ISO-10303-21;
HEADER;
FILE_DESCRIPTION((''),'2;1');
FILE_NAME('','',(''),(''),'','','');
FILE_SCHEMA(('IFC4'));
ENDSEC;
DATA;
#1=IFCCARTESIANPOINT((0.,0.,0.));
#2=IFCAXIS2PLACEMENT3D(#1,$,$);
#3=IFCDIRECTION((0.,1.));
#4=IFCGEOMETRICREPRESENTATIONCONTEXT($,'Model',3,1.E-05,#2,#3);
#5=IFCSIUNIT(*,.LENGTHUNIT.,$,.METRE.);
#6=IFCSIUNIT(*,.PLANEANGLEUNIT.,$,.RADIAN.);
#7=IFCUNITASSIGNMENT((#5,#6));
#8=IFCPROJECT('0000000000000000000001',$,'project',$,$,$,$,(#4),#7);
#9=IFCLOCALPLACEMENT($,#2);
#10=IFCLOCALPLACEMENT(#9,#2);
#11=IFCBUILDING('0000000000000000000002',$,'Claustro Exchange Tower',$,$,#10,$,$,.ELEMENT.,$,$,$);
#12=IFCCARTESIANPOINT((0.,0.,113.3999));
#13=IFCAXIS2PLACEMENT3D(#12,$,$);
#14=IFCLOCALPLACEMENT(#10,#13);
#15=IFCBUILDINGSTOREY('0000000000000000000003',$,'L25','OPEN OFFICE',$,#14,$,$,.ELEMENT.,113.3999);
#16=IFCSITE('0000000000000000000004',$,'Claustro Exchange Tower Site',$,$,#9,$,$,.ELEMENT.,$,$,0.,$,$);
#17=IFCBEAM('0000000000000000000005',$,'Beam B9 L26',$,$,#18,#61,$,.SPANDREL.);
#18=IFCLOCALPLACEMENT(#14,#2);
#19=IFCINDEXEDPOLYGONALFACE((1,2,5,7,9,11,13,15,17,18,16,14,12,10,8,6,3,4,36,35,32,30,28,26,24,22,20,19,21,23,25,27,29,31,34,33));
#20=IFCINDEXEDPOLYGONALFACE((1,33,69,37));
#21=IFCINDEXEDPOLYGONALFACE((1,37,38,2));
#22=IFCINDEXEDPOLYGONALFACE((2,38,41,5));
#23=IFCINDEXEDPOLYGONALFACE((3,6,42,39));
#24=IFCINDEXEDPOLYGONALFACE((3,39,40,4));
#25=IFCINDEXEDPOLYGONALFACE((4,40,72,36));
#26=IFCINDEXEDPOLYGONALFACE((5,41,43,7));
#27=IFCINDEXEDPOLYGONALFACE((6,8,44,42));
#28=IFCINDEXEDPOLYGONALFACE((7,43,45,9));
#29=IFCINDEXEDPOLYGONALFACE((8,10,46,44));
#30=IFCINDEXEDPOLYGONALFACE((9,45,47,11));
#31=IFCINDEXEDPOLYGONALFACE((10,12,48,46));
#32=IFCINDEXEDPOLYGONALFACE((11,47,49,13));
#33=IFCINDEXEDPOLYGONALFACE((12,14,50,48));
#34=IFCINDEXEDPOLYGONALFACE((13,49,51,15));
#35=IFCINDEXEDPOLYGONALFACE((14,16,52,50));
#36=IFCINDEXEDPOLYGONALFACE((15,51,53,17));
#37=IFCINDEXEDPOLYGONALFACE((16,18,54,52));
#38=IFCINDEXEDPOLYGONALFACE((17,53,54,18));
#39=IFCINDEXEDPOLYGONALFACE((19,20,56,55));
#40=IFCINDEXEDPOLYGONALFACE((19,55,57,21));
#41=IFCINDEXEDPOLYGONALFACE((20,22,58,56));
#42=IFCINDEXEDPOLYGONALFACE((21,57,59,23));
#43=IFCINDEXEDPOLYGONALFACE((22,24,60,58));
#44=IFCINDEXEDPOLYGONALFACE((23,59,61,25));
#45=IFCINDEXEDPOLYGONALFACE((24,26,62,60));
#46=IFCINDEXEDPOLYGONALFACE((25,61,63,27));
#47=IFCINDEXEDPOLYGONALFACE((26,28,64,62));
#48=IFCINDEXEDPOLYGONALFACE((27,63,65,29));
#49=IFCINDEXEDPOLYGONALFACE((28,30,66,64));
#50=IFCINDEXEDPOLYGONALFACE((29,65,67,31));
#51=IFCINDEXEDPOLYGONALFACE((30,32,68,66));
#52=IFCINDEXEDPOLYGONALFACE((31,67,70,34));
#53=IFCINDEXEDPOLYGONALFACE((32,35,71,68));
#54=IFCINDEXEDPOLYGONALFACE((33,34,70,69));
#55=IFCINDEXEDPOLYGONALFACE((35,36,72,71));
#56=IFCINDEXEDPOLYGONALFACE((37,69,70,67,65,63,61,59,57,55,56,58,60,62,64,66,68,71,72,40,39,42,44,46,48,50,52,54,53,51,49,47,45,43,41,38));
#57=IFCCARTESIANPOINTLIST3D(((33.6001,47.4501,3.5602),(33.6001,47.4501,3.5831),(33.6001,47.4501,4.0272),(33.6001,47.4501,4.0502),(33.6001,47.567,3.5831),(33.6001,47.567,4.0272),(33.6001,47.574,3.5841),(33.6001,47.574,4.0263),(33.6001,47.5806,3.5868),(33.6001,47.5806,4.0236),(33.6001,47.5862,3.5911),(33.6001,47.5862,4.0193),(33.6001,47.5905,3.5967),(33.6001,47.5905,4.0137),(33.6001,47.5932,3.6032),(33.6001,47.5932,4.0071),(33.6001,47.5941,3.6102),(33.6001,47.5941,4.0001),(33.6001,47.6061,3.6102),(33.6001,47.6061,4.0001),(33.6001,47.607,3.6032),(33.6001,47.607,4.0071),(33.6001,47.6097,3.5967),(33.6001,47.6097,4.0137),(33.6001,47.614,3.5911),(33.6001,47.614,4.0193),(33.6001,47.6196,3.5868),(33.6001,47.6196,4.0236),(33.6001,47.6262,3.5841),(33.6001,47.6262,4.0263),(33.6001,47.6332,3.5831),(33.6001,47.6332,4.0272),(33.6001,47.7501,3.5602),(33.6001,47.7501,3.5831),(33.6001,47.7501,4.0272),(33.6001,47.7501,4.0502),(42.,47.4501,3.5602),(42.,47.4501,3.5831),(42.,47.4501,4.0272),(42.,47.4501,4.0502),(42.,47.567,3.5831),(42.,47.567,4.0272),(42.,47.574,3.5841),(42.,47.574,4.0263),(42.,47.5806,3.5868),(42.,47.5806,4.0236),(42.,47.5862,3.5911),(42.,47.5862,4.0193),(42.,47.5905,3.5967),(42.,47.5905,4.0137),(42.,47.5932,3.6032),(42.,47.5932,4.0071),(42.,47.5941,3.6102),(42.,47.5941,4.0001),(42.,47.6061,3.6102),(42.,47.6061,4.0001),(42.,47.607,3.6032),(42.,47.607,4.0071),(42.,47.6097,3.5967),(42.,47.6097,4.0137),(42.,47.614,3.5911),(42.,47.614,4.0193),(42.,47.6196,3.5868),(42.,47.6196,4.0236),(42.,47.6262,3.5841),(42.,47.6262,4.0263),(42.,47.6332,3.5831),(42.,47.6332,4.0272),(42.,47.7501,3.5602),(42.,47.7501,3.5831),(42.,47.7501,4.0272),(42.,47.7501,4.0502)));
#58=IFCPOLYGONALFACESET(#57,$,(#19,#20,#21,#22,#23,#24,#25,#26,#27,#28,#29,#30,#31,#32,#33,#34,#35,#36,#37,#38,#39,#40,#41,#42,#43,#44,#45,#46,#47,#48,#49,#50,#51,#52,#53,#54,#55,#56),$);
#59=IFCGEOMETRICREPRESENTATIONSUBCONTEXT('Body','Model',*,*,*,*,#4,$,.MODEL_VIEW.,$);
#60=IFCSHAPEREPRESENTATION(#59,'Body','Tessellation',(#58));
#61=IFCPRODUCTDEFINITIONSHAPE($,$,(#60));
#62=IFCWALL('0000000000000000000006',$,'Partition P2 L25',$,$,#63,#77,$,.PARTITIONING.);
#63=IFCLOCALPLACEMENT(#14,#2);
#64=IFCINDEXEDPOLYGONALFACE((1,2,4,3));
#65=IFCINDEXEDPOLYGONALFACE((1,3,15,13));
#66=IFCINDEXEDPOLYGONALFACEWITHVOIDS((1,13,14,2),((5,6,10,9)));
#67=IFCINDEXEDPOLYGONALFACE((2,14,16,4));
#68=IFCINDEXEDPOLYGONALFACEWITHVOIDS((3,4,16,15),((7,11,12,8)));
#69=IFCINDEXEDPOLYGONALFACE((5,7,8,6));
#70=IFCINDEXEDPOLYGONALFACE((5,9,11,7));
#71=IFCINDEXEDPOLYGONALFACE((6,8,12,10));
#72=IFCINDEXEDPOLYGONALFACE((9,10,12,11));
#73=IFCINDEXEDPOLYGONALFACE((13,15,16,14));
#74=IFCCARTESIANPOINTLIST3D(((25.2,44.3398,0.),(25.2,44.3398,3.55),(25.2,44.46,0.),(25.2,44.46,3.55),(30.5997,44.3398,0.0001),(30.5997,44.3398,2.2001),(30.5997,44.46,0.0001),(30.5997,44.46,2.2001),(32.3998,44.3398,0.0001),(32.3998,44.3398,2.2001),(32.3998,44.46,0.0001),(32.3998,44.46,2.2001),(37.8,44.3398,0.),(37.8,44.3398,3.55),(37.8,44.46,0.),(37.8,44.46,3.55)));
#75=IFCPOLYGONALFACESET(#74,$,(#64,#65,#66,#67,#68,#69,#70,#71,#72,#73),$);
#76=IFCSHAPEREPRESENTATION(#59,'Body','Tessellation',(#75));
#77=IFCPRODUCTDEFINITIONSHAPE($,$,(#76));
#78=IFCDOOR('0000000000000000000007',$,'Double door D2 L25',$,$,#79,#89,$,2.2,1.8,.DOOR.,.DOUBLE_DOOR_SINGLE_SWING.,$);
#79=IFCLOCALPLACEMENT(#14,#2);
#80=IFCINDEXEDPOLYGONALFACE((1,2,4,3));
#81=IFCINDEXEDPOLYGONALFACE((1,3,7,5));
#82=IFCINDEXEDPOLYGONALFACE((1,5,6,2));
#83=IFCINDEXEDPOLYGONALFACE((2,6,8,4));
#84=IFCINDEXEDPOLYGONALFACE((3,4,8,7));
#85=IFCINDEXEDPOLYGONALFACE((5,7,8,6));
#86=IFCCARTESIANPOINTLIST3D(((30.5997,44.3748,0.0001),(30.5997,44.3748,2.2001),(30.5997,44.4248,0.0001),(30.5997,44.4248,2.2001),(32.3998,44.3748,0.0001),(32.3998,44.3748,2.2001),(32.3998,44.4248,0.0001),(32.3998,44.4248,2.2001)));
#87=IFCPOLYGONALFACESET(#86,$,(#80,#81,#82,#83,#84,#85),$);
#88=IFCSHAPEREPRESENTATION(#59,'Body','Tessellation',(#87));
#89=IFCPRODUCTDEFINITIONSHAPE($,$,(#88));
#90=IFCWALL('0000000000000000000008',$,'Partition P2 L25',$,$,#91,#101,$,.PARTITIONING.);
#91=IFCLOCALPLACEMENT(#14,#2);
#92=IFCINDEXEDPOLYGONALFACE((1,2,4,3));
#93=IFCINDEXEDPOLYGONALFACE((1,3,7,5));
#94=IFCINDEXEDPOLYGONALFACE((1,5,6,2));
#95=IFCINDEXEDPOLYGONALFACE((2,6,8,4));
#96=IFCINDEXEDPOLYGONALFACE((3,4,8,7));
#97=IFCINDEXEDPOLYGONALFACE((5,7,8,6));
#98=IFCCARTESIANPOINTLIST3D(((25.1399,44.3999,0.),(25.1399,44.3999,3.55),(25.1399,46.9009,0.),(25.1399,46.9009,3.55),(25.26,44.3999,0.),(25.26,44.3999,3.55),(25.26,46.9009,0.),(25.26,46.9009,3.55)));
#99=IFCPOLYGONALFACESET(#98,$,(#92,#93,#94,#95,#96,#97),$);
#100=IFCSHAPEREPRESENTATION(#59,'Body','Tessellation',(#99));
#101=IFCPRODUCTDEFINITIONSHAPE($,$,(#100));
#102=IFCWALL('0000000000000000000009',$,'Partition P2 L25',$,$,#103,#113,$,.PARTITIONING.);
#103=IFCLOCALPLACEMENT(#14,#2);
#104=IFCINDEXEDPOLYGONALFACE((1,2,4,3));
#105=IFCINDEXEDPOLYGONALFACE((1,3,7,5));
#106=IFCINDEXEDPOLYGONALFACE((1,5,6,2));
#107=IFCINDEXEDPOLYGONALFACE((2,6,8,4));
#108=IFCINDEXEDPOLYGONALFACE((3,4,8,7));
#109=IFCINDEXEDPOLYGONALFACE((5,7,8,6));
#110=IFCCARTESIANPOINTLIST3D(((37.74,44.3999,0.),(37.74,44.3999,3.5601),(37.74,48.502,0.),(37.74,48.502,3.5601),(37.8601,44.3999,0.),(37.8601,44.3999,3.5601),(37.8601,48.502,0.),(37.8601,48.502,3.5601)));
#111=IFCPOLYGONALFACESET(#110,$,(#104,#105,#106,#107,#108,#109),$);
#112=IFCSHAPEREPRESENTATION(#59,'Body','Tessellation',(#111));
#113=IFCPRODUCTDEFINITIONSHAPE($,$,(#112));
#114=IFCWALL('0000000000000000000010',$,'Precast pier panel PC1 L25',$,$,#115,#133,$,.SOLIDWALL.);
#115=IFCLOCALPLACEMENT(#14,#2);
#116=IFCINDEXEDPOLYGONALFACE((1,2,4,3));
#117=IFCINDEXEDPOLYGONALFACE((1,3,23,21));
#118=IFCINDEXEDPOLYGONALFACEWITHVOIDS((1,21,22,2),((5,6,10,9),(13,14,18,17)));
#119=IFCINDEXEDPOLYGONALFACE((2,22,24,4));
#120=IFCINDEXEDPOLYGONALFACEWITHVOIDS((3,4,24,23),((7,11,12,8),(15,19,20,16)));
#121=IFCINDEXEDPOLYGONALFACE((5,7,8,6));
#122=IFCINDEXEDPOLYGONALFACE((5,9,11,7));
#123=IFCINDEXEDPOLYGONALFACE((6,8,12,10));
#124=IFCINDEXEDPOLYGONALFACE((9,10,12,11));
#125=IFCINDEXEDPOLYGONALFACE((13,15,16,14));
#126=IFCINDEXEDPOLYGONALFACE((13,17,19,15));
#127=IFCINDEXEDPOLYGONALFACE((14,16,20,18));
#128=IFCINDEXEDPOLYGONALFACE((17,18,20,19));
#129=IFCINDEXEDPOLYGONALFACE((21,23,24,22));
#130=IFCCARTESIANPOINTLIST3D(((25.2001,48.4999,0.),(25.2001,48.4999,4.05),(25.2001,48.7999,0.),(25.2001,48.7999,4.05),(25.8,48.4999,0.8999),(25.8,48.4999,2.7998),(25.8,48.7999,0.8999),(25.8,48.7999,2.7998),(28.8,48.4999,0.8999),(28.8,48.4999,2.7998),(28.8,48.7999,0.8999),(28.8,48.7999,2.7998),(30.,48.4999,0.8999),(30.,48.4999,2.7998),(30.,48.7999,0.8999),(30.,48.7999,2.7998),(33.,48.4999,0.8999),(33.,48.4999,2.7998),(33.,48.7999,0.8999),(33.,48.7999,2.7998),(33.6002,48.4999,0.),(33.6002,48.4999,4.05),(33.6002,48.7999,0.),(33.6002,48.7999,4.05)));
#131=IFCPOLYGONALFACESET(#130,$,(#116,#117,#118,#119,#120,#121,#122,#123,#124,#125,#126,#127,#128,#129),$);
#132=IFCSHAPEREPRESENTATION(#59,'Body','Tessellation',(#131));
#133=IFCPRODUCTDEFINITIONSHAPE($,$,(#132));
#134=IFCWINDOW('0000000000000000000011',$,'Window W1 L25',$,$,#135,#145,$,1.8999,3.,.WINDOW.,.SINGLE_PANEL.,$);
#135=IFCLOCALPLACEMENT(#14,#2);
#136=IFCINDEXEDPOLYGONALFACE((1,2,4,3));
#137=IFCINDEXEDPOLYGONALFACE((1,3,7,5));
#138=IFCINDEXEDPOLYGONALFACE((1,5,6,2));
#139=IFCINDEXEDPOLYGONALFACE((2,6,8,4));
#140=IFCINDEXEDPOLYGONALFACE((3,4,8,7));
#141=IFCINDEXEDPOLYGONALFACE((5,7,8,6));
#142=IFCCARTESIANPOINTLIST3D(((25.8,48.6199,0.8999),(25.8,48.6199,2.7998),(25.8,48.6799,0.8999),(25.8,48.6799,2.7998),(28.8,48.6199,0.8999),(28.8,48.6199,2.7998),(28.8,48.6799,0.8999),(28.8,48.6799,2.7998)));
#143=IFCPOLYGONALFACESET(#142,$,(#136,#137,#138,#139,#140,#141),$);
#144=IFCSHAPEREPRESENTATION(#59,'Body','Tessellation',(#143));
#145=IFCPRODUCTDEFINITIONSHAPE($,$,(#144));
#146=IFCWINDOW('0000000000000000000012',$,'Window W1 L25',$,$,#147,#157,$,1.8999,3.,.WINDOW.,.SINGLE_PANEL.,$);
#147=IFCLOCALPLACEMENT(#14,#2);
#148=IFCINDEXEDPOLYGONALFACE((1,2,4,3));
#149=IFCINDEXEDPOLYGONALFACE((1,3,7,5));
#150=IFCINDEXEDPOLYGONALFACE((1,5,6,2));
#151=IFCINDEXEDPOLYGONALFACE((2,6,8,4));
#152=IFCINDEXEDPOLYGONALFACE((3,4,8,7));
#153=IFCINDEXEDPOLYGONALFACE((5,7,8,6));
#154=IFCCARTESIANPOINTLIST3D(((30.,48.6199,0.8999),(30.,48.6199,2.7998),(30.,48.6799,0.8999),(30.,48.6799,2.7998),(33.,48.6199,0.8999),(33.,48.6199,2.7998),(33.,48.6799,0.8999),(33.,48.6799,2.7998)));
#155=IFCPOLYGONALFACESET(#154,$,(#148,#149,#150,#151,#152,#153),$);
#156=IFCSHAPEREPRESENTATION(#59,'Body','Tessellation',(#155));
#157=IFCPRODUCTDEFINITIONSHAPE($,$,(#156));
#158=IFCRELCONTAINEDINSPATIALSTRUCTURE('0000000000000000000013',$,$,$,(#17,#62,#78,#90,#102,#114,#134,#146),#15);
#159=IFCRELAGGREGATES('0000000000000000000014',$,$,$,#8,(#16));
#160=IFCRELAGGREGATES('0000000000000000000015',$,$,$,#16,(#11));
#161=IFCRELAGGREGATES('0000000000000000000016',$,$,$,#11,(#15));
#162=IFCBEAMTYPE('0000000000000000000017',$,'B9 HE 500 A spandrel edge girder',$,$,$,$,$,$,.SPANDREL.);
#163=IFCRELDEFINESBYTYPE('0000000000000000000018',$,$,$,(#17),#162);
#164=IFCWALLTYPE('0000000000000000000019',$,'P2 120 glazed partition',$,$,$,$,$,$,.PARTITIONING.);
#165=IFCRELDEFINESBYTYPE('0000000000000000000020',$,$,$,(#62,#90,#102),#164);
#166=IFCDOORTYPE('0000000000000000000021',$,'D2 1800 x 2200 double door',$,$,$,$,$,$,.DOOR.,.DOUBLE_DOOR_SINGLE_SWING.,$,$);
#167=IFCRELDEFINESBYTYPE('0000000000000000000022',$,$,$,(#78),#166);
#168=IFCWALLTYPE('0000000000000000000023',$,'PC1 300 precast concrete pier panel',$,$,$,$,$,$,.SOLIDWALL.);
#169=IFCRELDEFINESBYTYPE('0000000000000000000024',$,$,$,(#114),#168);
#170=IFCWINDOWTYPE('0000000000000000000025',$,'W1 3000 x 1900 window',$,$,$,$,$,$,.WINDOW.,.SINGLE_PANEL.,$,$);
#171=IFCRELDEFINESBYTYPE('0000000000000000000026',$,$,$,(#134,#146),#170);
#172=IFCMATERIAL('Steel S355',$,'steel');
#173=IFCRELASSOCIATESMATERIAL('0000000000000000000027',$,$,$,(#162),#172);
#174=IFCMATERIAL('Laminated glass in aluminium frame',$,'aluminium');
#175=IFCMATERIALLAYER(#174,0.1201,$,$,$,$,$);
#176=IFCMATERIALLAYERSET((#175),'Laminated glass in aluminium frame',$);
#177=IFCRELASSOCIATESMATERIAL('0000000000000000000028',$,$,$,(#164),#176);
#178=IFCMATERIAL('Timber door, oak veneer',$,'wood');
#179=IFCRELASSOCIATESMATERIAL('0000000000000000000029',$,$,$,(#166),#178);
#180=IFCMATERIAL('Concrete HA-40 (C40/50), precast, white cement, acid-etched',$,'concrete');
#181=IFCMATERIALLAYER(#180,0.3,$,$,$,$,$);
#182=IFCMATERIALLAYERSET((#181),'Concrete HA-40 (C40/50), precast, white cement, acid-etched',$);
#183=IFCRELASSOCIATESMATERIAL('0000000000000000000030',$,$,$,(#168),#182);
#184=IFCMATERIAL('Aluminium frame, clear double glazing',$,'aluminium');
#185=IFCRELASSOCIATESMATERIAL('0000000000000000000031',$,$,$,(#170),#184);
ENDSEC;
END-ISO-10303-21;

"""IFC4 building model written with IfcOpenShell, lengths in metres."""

from ifc_helpers import new_model, si_unit, direction, frame, frame_2d, origin, origin_2d, place, context, subcontext, project, spatial, rectangle, i_section, extrude, material, layer, layer_set, material_profile, profile_set, type_object, element, fill, save


model = new_model("IFC4")

# Units and contexts
model_context = context("Model", 3, precision=1e-05, world=origin(), true_north=direction((0.0, 1.0)))
body_context = subcontext(model_context, "Body", "Model", "MODEL_VIEW")
ifc_project = project(units=[si_unit("LENGTHUNIT", "METRE"), si_unit("PLANEANGLEUNIT", "RADIAN")], contexts=[model_context])

# Site, building, storey
site_placement = place(None, origin())
site = spatial("IfcSite", under=ifc_project, at=site_placement, Name="Claustro Exchange Tower Site", CompositionType="ELEMENT", RefElevation=0.0)
building_placement = place(site_placement, origin())
building = spatial("IfcBuilding", under=site, at=building_placement, Name="Claustro Exchange Tower", CompositionType="ELEMENT")
storey_placement = place(building_placement, frame((0.0, 0.0, 113.3999)))
storey = spatial("IfcBuildingStorey", under=building, at=storey_placement, Name="L25", Description="OPEN OFFICE", CompositionType="ELEMENT", Elevation=113.3999)

# Beam
ifc_material_1 = material(Name="Steel S355", Category="steel")
ifc_material_profile_1 = material_profile(ifc_material_1, i_section(OverallWidth=0.3, OverallDepth=0.49, WebThickness=0.012, FlangeThickness=0.0229, FilletRadius=0.0271, at=origin_2d()), Name="HE 500 A")
ifc_profile_set_1 = profile_set([ifc_material_profile_1], Name="Steel S355")
beam_type_1 = type_object("IfcBeamType", Name="B9 HE 500 A spandrel edge girder", PredefinedType="SPANDREL", material=ifc_profile_set_1)
beam_1_placement = place(storey_placement, frame((33.6001, 47.6001, 3.8052), z_axis=(1.0, 0.0, 0.0), x_axis=(0.0, 1.0, 0.0)))
element("IfcBeam", 1, at=beam_1_placement, inside=storey, type_object=beam_type_1, Name="Beam B9 L26", PredefinedType="SPANDREL", context=body_context, shape_type="SweptSolid", body=[
    extrude(i_section(OverallWidth=0.3, OverallDepth=0.49, WebThickness=0.012, FlangeThickness=0.0229, FilletRadius=0.0271, at=origin_2d()), origin(), (0.0, 0.0, 1.0), 8.3999),
])

# Wall, opening, door
ifc_material_2 = material(Name="Laminated glass in aluminium frame", Category="aluminium")
ifc_layer_1 = layer(ifc_material_2, 0.1201)
ifc_layer_set_1 = layer_set([ifc_layer_1], Name="Laminated glass in aluminium frame")
wall_type_1 = type_object("IfcWallType", Name="P2 120 glazed partition", PredefinedType="PARTITIONING", material=ifc_layer_set_1)
wall_1_placement = place(storey_placement, frame((25.2, 44.3999, 0.0), z_axis=(0.0, 0.0, 1.0), x_axis=(1.0, 0.0, 0.0)))
wall_1 = element("IfcWall", 2, at=wall_1_placement, inside=storey, type_object=wall_type_1, Name="Partition P2 L25", PredefinedType="PARTITIONING", context=body_context, shape_type="SweptSolid", body=[
    extrude(rectangle(XDim=12.6001, YDim=0.1201, at=frame_2d((6.3, 0.0))), origin(), (0.0, 0.0, 1.0), 3.55),
])
opening_1_placement = place(wall_1_placement, frame((5.3999, 0.0, 0.0)))
opening_1 = element("IfcOpeningElement", 3, at=opening_1_placement, cuts=wall_1, PredefinedType="OPENING", context=body_context, shape_type="SweptSolid", body=[
    extrude(rectangle(XDim=1.8, YDim=2.2, at=frame_2d((0.8999, 1.1001))), frame((0.0, 0.0701, 0.0), z_axis=(0.0, -1.0, 0.0), x_axis=(1.0, 0.0, 0.0)), (0.0, 0.0, 1.0), 0.1401),
])
ifc_material_3 = material(Name="Timber door, oak veneer", Category="wood")
door_type = type_object("IfcDoorType", Name="D2 1800 x 2200 double door", OperationType="DOUBLE_DOOR_SINGLE_SWING", PredefinedType="DOOR", material=ifc_material_3)
door_placement = place(opening_1_placement, origin())
door = element("IfcDoor", 4, at=door_placement, inside=storey, type_object=door_type, Name="Double door D2 L25", OperationType="DOUBLE_DOOR_SINGLE_SWING", OverallHeight=2.2, OverallWidth=1.8, PredefinedType="DOOR", context=body_context, shape_type="SweptSolid", body=[
    extrude(rectangle(XDim=1.8, YDim=2.2, at=frame_2d((0.8999, 1.1001))), frame((0.0, 0.0249, 0.0), z_axis=(0.0, -1.0, 0.0), x_axis=(1.0, 0.0, 0.0)), (0.0, 0.0, 1.0), 0.05),
])
fill(opening_1, door)

# Walls
wall_2_placement = place(storey_placement, frame((25.2, 44.3999, 0.0), z_axis=(0.0, 0.0, 1.0), x_axis=(0.0, 1.0, 0.0)))
element("IfcWall", 5, at=wall_2_placement, inside=storey, type_object=wall_type_1, Name="Partition P2 L25", PredefinedType="PARTITIONING", context=body_context, shape_type="SweptSolid", body=[
    extrude(rectangle(XDim=2.501, YDim=0.1201, at=frame_2d((1.2505, 0.0))), origin(), (0.0, 0.0, 1.0), 3.55),
])
wall_3_placement = place(storey_placement, frame((37.8, 44.3999, 0.0), z_axis=(0.0, 0.0, 1.0), x_axis=(0.0, 1.0, 0.0)))
element("IfcWall", 6, at=wall_3_placement, inside=storey, type_object=wall_type_1, Name="Partition P2 L25", PredefinedType="PARTITIONING", context=body_context, shape_type="SweptSolid", body=[
    extrude(rectangle(XDim=4.1021, YDim=0.1201, at=frame_2d((2.051, 0.0))), origin(), (0.0, 0.0, 1.0), 3.5601),
])

# Wall, openings, windows
ifc_material_4 = material(Name="Concrete HA-40 (C40/50), precast, white cement, acid-etched", Category="concrete")
ifc_layer_2 = layer(ifc_material_4, 0.3)
ifc_layer_set_2 = layer_set([ifc_layer_2], Name="Concrete HA-40 (C40/50), precast, white cement, acid-etched")
wall_type_2 = type_object("IfcWallType", Name="PC1 300 precast concrete pier panel", PredefinedType="SOLIDWALL", material=ifc_layer_set_2)
wall_4_placement = place(storey_placement, frame((25.2, 48.6499, 0.0), z_axis=(0.0, 0.0, 1.0), x_axis=(1.0, 0.0, 0.0)))
wall_4 = element("IfcWall", 7, at=wall_4_placement, inside=storey, type_object=wall_type_2, Name="Precast pier panel PC1 L25", PredefinedType="SOLIDWALL", context=body_context, shape_type="SweptSolid", body=[
    extrude(rectangle(XDim=8.4001, YDim=0.3, at=frame_2d((4.2002, 0.0))), origin(), (0.0, 0.0, 1.0), 4.05),
])
opening_2_placement = place(wall_4_placement, frame((0.6001, 0.0, 0.8999)))
opening_2 = element("IfcOpeningElement", 8, at=opening_2_placement, cuts=wall_4, PredefinedType="OPENING", context=body_context, shape_type="SweptSolid", body=[
    extrude(rectangle(XDim=3.0, YDim=1.8999, at=frame_2d((1.5, 0.95))), frame((0.0, 0.1599, 0.0), z_axis=(0.0, -1.0, 0.0), x_axis=(1.0, 0.0, 0.0)), (0.0, 0.0, 1.0), 0.3201),
])
opening_3_placement = place(wall_4_placement, frame((4.8, 0.0, 0.8999)))
opening_3 = element("IfcOpeningElement", 9, at=opening_3_placement, cuts=wall_4, PredefinedType="OPENING", context=body_context, shape_type="SweptSolid", body=[
    extrude(rectangle(XDim=3.0, YDim=1.8999, at=frame_2d((1.5, 0.95))), frame((0.0, 0.1599, 0.0), z_axis=(0.0, -1.0, 0.0), x_axis=(1.0, 0.0, 0.0)), (0.0, 0.0, 1.0), 0.3201),
])
ifc_material_5 = material(Name="Aluminium frame, clear double glazing", Category="aluminium")
window_type = type_object("IfcWindowType", Name="W1 3000 x 1900 window", PartitioningType="SINGLE_PANEL", PredefinedType="WINDOW", material=ifc_material_5)
window_1_placement = place(opening_2_placement, origin())
window_1 = element("IfcWindow", 10, at=window_1_placement, inside=storey, type_object=window_type, Name="Window W1 L25", OverallHeight=1.8999, OverallWidth=3.0, PartitioningType="SINGLE_PANEL", PredefinedType="WINDOW", context=body_context, shape_type="SweptSolid", body=[
    extrude(rectangle(XDim=3.0, YDim=1.8999, at=frame_2d((1.5, 0.95))), frame((0.0, 0.03, 0.0), z_axis=(0.0, -1.0, 0.0), x_axis=(1.0, 0.0, 0.0)), (0.0, 0.0, 1.0), 0.0601),
])
fill(opening_2, window_1)
window_2_placement = place(opening_3_placement, origin())
window_2 = element("IfcWindow", 11, at=window_2_placement, inside=storey, type_object=window_type, Name="Window W1 L25", OverallHeight=1.8999, OverallWidth=3.0, PartitioningType="SINGLE_PANEL", PredefinedType="WINDOW", context=body_context, shape_type="SweptSolid", body=[
    extrude(rectangle(XDim=3.0, YDim=1.8999, at=frame_2d((1.5, 0.95))), frame((0.0, 0.03, 0.0), z_axis=(0.0, -1.0, 0.0), x_axis=(1.0, 0.0, 0.0)), (0.0, 0.0, 1.0), 0.0601),
])
fill(opening_3, window_2)

save(model, "model.ifc")
